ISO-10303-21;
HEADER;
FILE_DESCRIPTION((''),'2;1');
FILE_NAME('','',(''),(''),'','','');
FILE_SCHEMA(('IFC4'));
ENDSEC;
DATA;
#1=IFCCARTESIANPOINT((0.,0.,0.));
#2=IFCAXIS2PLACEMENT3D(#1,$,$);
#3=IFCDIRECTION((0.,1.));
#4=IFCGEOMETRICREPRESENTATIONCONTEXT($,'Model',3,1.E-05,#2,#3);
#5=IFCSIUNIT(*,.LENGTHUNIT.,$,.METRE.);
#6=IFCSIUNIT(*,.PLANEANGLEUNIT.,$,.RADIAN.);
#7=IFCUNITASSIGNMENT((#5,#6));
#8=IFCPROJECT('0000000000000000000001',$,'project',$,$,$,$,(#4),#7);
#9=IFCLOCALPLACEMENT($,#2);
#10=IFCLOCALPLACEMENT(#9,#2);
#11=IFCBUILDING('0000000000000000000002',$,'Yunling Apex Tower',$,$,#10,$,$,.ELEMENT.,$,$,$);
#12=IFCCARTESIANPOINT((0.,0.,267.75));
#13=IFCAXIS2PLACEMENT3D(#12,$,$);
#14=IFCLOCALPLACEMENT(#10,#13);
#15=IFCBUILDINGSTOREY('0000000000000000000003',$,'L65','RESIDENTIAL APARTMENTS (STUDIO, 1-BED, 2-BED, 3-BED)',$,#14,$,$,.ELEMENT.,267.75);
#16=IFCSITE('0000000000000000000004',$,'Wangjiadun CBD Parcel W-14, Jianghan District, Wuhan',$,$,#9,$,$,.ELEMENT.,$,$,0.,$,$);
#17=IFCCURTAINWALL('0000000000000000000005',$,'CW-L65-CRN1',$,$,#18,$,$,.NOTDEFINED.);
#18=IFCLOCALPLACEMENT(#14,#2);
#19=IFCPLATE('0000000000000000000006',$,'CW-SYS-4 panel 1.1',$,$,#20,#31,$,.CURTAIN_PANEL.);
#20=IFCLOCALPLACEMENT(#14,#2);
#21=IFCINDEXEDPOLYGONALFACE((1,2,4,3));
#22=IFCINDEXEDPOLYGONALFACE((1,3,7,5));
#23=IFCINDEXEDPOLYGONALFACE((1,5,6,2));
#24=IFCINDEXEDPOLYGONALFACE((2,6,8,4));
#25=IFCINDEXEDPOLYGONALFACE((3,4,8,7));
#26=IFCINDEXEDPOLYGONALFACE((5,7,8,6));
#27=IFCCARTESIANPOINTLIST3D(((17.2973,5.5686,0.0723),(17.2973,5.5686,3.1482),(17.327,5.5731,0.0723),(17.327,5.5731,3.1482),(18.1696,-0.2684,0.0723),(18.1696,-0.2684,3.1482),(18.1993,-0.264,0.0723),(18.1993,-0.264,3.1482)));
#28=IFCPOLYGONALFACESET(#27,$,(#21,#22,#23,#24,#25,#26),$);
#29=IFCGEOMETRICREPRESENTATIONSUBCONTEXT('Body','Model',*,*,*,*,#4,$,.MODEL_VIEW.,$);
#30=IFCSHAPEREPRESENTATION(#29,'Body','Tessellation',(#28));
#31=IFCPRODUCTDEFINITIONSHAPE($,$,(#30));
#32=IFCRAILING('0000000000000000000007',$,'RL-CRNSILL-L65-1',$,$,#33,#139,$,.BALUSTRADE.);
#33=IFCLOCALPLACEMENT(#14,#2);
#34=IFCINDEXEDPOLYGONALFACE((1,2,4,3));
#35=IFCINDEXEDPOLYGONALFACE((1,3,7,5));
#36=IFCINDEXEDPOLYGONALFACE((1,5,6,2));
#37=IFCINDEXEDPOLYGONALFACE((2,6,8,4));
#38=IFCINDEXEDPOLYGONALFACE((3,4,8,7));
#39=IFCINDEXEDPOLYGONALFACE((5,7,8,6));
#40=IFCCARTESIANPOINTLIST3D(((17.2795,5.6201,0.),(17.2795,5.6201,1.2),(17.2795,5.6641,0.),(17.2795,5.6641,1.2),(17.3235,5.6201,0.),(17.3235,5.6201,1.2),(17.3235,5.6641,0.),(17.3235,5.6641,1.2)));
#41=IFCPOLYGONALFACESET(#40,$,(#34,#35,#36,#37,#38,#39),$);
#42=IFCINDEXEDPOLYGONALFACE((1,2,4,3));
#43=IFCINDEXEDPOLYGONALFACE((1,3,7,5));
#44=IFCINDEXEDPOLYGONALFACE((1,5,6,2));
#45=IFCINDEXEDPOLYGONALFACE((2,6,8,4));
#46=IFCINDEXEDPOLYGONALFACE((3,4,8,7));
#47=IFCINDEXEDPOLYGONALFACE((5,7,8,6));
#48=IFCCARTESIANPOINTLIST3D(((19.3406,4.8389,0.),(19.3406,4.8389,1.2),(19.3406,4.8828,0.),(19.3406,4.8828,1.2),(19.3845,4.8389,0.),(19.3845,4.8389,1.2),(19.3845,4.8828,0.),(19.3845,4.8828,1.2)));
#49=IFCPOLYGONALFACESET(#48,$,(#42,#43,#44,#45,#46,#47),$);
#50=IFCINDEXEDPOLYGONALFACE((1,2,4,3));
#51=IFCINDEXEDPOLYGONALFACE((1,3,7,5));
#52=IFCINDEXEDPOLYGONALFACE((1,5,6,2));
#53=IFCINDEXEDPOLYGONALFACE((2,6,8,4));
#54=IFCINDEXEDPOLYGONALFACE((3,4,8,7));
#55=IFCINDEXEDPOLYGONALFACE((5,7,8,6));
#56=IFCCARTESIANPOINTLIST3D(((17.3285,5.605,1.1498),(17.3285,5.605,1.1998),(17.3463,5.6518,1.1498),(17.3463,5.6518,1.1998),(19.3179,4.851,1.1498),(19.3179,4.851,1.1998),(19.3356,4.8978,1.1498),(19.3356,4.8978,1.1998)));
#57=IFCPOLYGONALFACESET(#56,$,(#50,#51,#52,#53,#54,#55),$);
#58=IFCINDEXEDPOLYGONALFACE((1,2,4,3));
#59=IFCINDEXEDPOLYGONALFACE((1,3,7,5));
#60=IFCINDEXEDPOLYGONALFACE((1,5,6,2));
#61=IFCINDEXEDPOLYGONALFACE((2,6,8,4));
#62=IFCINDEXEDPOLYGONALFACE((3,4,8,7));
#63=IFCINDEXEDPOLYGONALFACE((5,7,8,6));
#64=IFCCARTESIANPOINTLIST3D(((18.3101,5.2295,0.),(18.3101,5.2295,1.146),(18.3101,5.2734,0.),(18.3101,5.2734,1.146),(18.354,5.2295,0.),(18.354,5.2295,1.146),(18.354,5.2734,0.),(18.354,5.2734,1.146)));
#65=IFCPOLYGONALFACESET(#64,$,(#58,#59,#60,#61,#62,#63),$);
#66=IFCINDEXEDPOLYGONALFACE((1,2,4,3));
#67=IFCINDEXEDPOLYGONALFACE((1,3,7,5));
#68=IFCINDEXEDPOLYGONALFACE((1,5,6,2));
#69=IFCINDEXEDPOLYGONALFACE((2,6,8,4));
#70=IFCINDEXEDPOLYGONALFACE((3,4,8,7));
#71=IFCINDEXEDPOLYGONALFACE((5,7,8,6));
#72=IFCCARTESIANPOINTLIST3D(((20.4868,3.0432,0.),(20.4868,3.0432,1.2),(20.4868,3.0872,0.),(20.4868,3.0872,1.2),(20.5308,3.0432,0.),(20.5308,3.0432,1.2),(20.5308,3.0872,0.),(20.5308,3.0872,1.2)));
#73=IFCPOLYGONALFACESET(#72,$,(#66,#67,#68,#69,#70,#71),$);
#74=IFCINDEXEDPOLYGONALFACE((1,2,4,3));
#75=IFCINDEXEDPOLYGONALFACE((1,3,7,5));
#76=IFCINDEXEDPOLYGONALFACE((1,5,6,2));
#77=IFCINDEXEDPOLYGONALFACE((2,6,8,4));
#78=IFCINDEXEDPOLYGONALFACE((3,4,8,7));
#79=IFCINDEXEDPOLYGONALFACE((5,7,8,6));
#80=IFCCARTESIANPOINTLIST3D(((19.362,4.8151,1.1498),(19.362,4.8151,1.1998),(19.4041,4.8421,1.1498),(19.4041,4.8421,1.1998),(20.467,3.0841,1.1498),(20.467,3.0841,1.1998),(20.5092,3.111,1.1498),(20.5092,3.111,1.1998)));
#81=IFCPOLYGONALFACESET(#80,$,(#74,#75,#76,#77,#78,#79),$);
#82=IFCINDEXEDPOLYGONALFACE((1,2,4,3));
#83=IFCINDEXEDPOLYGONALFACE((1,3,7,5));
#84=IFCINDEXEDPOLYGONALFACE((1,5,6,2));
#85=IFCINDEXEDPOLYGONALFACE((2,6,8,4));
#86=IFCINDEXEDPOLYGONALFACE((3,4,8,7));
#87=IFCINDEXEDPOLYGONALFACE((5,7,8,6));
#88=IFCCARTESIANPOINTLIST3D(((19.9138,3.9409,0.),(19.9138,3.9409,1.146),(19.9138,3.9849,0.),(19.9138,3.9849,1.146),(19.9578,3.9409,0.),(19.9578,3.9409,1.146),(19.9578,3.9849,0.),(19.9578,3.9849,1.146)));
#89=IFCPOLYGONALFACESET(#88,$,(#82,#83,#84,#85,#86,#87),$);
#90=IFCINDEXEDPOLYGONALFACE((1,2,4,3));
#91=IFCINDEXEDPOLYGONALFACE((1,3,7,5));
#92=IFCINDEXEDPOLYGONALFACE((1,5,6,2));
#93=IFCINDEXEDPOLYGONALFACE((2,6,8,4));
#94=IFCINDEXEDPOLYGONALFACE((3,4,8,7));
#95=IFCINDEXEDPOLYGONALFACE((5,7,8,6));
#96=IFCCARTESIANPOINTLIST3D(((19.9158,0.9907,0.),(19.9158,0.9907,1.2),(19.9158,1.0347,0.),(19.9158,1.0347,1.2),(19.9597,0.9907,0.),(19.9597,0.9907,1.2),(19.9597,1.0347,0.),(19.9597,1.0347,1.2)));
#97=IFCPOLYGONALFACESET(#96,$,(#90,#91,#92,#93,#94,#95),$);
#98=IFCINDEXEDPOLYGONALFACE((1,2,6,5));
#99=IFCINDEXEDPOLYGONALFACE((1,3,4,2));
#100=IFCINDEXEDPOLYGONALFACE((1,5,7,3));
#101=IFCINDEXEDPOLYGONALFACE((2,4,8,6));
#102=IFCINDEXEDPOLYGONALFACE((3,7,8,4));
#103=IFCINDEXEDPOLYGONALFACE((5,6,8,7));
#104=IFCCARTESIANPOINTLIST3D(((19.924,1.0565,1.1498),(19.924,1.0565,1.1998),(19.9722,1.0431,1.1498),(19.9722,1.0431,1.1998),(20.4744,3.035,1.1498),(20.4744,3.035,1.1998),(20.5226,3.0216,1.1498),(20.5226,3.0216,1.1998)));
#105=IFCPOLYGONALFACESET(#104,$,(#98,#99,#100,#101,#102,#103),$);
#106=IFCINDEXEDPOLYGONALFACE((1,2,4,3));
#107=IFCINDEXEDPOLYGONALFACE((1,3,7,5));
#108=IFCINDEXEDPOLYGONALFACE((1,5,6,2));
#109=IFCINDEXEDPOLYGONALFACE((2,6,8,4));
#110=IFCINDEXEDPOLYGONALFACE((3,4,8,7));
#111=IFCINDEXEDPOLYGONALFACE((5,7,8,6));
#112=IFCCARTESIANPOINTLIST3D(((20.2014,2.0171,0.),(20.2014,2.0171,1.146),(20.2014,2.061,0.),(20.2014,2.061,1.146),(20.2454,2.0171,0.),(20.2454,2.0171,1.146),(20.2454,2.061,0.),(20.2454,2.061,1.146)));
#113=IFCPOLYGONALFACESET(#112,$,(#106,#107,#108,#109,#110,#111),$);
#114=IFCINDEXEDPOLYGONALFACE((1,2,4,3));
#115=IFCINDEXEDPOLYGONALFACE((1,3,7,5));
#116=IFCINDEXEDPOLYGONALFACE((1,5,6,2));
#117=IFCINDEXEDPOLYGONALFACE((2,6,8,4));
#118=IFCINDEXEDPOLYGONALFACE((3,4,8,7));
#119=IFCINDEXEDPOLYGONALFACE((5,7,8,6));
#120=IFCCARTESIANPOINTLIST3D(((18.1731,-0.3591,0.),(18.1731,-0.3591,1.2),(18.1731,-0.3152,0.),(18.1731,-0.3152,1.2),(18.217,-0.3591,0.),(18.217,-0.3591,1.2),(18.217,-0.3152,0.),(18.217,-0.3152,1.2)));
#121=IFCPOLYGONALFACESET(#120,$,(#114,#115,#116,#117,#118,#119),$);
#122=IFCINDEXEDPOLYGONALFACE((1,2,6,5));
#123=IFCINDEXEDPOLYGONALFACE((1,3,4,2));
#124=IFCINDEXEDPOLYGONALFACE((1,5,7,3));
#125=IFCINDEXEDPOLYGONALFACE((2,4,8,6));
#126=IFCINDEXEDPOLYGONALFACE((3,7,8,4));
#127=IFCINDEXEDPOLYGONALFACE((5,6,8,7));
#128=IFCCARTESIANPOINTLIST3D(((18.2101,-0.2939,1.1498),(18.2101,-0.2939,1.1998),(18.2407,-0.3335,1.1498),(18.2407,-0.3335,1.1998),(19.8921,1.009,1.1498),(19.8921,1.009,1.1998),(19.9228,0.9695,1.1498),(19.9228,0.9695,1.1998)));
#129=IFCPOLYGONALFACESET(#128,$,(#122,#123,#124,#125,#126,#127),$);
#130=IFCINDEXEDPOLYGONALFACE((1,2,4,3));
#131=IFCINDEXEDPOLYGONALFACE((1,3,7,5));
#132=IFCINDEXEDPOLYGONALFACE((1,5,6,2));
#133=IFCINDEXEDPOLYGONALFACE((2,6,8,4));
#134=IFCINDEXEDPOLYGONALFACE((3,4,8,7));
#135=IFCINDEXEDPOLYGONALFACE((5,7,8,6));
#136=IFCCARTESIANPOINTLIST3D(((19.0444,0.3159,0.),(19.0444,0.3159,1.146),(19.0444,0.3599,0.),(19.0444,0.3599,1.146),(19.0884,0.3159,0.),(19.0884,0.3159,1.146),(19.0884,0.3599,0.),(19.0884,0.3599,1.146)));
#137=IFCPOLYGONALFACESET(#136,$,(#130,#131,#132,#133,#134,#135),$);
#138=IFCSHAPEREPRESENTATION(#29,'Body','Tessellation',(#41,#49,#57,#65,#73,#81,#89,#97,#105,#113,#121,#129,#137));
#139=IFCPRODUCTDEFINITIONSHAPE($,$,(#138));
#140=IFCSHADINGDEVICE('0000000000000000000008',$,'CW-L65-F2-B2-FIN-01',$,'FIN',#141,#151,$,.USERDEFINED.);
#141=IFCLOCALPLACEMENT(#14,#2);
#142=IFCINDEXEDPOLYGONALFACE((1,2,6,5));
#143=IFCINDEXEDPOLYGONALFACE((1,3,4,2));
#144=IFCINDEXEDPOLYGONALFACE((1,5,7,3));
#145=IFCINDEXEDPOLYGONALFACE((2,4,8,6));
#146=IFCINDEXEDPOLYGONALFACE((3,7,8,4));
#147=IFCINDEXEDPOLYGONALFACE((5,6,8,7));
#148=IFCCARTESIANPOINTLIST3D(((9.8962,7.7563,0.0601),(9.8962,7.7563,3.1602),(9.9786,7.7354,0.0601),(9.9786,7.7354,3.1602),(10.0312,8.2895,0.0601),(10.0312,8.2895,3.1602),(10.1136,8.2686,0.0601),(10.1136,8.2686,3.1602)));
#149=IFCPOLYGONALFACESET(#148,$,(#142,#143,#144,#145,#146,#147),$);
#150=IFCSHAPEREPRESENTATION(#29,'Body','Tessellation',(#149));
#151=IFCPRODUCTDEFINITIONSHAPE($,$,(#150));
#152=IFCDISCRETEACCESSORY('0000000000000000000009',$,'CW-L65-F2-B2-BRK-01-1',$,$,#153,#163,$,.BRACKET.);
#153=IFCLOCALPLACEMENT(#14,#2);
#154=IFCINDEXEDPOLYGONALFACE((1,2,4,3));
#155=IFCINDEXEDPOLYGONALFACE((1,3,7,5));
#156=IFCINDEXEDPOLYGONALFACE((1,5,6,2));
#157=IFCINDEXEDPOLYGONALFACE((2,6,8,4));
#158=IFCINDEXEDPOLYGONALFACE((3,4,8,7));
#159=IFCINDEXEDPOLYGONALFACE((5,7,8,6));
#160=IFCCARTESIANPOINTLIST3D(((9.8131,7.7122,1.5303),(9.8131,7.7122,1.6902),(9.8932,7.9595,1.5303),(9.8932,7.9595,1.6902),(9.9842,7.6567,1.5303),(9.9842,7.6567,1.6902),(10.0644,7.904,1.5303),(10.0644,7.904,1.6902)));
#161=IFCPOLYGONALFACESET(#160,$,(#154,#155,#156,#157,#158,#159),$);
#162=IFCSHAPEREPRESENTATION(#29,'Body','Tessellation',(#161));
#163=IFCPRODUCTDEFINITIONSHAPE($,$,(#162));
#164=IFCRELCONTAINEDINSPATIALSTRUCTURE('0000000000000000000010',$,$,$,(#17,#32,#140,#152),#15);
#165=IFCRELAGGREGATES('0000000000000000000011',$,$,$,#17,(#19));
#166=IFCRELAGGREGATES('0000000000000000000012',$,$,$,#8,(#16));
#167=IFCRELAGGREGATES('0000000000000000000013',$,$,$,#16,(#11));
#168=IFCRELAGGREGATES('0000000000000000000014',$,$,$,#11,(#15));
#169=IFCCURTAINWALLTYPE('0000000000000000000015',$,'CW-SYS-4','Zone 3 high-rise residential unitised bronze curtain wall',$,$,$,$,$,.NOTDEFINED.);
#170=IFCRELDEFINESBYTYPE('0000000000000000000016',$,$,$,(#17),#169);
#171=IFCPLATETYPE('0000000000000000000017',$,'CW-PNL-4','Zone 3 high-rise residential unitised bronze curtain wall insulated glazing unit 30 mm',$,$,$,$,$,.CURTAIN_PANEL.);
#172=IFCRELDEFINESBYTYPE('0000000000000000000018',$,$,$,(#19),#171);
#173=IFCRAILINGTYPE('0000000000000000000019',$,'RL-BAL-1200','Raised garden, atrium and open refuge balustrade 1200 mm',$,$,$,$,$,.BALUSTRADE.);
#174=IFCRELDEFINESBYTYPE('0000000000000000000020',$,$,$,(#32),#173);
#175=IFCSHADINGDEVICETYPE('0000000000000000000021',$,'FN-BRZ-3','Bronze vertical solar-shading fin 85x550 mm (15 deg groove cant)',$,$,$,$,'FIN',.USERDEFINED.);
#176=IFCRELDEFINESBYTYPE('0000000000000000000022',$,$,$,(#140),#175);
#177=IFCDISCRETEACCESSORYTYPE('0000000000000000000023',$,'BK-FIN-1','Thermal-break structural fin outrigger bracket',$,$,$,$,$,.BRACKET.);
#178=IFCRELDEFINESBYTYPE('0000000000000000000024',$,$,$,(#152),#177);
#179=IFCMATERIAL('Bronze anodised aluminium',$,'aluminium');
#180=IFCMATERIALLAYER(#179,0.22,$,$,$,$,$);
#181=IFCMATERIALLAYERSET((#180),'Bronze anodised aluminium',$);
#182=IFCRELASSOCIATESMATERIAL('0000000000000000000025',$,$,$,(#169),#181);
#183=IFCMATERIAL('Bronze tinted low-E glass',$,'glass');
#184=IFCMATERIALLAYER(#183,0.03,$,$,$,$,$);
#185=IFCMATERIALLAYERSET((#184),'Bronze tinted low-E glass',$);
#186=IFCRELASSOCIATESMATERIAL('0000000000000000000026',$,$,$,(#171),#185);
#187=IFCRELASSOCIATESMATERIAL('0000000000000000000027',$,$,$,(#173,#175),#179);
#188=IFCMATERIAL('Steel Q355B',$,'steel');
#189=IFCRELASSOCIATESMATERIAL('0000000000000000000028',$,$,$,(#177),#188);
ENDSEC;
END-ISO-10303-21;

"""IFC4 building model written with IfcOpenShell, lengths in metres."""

from ifc_helpers import new_model, si_unit, direction, frame, origin, origin_2d, place, context, subcontext, project, spatial, rectangle, extrude, source, transform, mapped, material, layer, layer_set, material_profile, profile_set, type_object, element, aggregate, save


model = new_model("IFC4")

# Units and contexts
model_context = context("Model", 3, precision=1e-05, world=origin(), true_north=direction((0.0, 1.0)))
body_context = subcontext(model_context, "Body", "Model", "MODEL_VIEW")
ifc_project = project(units=[si_unit("LENGTHUNIT", "METRE"), si_unit("PLANEANGLEUNIT", "RADIAN")], contexts=[model_context])

# Site, building, storey
site_placement = place(None, origin())
site = spatial("IfcSite", under=ifc_project, at=site_placement, Name="Wangjiadun CBD Parcel W-14, Jianghan District, Wuhan", CompositionType="ELEMENT", RefElevation=0.0)
building_placement = place(site_placement, origin())
building = spatial("IfcBuilding", under=site, at=building_placement, Name="Yunling Apex Tower", CompositionType="ELEMENT")
storey_placement = place(building_placement, frame((0.0, 0.0, 267.75)))
storey = spatial("IfcBuildingStorey", under=building, at=storey_placement, Name="L65", Description="RESIDENTIAL APARTMENTS (STUDIO, 1-BED, 2-BED, 3-BED)", CompositionType="ELEMENT", Elevation=267.75)

# Shared definitions
ifc_material_1 = material(Name="Steel Q355B", Category="steel")

# Curtain wall
ifc_material_2 = material(Name="Bronze anodised aluminium", Category="aluminium")
ifc_layer_1 = layer(ifc_material_2, 0.22)
ifc_layer_set_1 = layer_set([ifc_layer_1], Name="Bronze anodised aluminium")
curtain_wall_type = type_object("IfcCurtainWallType", Name="CW-SYS-4", Description="Zone 3 high-rise residential unitised bronze curtain wall", PredefinedType="NOTDEFINED", material=ifc_layer_set_1)
curtain_wall_1_placement = place(storey_placement, origin())
curtain_wall_1 = element("IfcCurtainWall", 1, at=curtain_wall_1_placement, inside=storey, type_object=curtain_wall_type, Name="CW-L65-CRN1", PredefinedType="NOTDEFINED")

# Plate
ifc_material_3 = material(Name="Bronze tinted low-E glass", Category="glass")
ifc_layer_2 = layer(ifc_material_3, 0.03)
ifc_layer_set_2 = layer_set([ifc_layer_2], Name="Bronze tinted low-E glass")
plate_type_1 = type_object("IfcPlateType", Name="CW-PNL-4", Description="Zone 3 high-rise residential unitised bronze curtain wall insulated glazing unit 30 mm", PredefinedType="CURTAIN_PANEL", material=ifc_layer_set_2)
shared_shape_1 = source(origin(), body_context, "Body", "SweptSolid", [
    extrude(rectangle(XDim=5.9019, YDim=0.03, at=origin_2d()), origin(), (0.0, 0.0, 1.0), 3.0759),
])
plate_1_placement = place(storey_placement, frame((17.7483, 2.6523, 0.0723), z_axis=(0.0, 0.0, 1.0), x_axis=(-0.147803, 0.989017, 0.0)))
plate_1 = element("IfcPlate", 2, at=plate_1_placement, type_object=plate_type_1, Name="CW-SYS-4 panel 1.1", PredefinedType="CURTAIN_PANEL", context=body_context, shape_type="MappedRepresentation", body=[
    mapped(shared_shape_1, transform((0.0, 0.0, 0.0), scale=1.0)),
])
aggregate(curtain_wall_1, [plate_1])

# Railing
railing_type = type_object("IfcRailingType", Name="RL-BAL-1200", Description="Raised garden, atrium and open refuge balustrade 1200 mm", PredefinedType="BALUSTRADE", material=ifc_material_2)
railing_placement = place(storey_placement, frame((17.3015, 5.6421, 0.0)))
element("IfcRailing", 3, at=railing_placement, inside=storey, type_object=railing_type, Name="RL-CRNSILL-L65-1", PredefinedType="BALUSTRADE", context=body_context, shape_type="SweptSolid", body=[
    extrude(rectangle(XDim=0.0439, YDim=0.0439, at=origin_2d()), origin(), (0.0, 0.0, 1.0), 1.2),
    extrude(rectangle(XDim=0.0439, YDim=0.0439, at=origin_2d()), frame((2.061, -0.7812, 0.0)), (0.0, 0.0, 1.0), 1.2),
    extrude(rectangle(XDim=0.05, YDim=0.05, at=origin_2d()), frame((0.0359, -0.0137, 1.1748), z_axis=(0.935076, -0.354447, 0.0), x_axis=(0.354447, 0.935076, 0.0)), (0.0, 0.0, 1.0), 2.1274),
    extrude(rectangle(XDim=0.0439, YDim=0.0439, at=origin_2d()), frame((1.0305, -0.3906, 0.0)), (0.0, 0.0, 1.0), 1.146),
    extrude(rectangle(XDim=0.0439, YDim=0.0439, at=origin_2d()), frame((3.2073, -2.5769, 0.0)), (0.0, 0.0, 1.0), 1.2),
    extrude(rectangle(XDim=0.05, YDim=0.05, at=origin_2d()), frame((2.0815, -0.8135, 1.1748), z_axis=(0.538061, -0.842906, 0.0), x_axis=(0.842906, 0.538061, 0.0)), (0.0, 0.0, 1.0), 2.0537),
    extrude(rectangle(XDim=0.0439, YDim=0.0439, at=origin_2d()), frame((2.6343, -1.6792, 0.0)), (0.0, 0.0, 1.0), 1.146),
    extrude(rectangle(XDim=0.0439, YDim=0.0439, at=origin_2d()), frame((2.6362, -4.6294, 0.0)), (0.0, 0.0, 1.0), 1.2),
    extrude(rectangle(XDim=0.05, YDim=0.05, at=origin_2d()), frame((3.197, -2.6138, 1.1748), z_axis=(-0.26804, -0.963408, 0.0), x_axis=(0.963408, -0.26804, 0.0)), (0.0, 0.0, 1.0), 2.0537),
    extrude(rectangle(XDim=0.0439, YDim=0.0439, at=origin_2d()), frame((2.9219, -3.603, 0.0)), (0.0, 0.0, 1.0), 1.146),
    extrude(rectangle(XDim=0.0439, YDim=0.0439, at=origin_2d()), frame((0.8936, -5.9792, 0.0)), (0.0, 0.0, 1.0), 1.2),
    extrude(rectangle(XDim=0.05, YDim=0.05, at=origin_2d()), frame((2.606, -4.6528, 1.1748), z_axis=(-0.790573, -0.612368, 0.0), x_axis=(0.612368, -0.790573, 0.0)), (0.0, 0.0, 1.0), 2.1277),
    extrude(rectangle(XDim=0.0439, YDim=0.0439, at=origin_2d()), frame((1.7649, -5.3042, 0.0)), (0.0, 0.0, 1.0), 1.146),
])

# Shading device
ifc_material_profile_1 = material_profile(ifc_material_2, rectangle(XDim=0.085, YDim=0.55, at=origin_2d()))
ifc_profile_set_1 = profile_set([ifc_material_profile_1], Name="Bronze anodised aluminium")
shading_device_type = type_object("IfcShadingDeviceType", Name="FN-BRZ-3", Description="Bronze vertical solar-shading fin 85x550 mm (15 deg groove cant)", ElementType="FIN", PredefinedType="USERDEFINED", material=ifc_profile_set_1)
shared_shape_2 = source(origin(), body_context, "Body", "SweptSolid", [
    extrude(rectangle(XDim=0.085, YDim=0.55, at=origin_2d()), origin(), (0.0, 0.0, 1.0), 3.1001),
])
shading_device_placement = place(storey_placement, frame((10.0049, 8.0125, 0.0601), z_axis=(0.0, 0.0, 1.0), x_axis=(-0.969403, 0.245477, 0.0)))
element("IfcShadingDevice", 4, at=shading_device_placement, inside=storey, type_object=shading_device_type, Name="CW-L65-F2-B2-FIN-01", ObjectType="FIN", PredefinedType="USERDEFINED", context=body_context, shape_type="MappedRepresentation", body=[
    mapped(shared_shape_2, transform((0.0, 0.0, 0.0), scale=1.0)),
])

# Discrete accessory
discrete_accessory_type = type_object("IfcDiscreteAccessoryType", Name="BK-FIN-1", Description="Thermal-break structural fin outrigger bracket", PredefinedType="BRACKET", material=ifc_material_1)
shared_shape_3 = source(origin(), body_context, "Body", "SweptSolid", [
    extrude(rectangle(XDim=0.1799, YDim=0.26, at=origin_2d()), origin(), (0.0, 0.0, 1.0), 0.1599),
])
discrete_accessory_placement = place(storey_placement, frame((9.9387, 7.8081, 1.5303), z_axis=(0.0, 0.0, 1.0), x_axis=(-0.951272, 0.308353, 0.0)))
element("IfcDiscreteAccessory", 5, at=discrete_accessory_placement, inside=storey, type_object=discrete_accessory_type, Name="CW-L65-F2-B2-BRK-01-1", PredefinedType="BRACKET", context=body_context, shape_type="MappedRepresentation", body=[
    mapped(shared_shape_3, transform((0.0, 0.0, 0.0), scale=1.0)),
])

save(model, "model.ifc")
